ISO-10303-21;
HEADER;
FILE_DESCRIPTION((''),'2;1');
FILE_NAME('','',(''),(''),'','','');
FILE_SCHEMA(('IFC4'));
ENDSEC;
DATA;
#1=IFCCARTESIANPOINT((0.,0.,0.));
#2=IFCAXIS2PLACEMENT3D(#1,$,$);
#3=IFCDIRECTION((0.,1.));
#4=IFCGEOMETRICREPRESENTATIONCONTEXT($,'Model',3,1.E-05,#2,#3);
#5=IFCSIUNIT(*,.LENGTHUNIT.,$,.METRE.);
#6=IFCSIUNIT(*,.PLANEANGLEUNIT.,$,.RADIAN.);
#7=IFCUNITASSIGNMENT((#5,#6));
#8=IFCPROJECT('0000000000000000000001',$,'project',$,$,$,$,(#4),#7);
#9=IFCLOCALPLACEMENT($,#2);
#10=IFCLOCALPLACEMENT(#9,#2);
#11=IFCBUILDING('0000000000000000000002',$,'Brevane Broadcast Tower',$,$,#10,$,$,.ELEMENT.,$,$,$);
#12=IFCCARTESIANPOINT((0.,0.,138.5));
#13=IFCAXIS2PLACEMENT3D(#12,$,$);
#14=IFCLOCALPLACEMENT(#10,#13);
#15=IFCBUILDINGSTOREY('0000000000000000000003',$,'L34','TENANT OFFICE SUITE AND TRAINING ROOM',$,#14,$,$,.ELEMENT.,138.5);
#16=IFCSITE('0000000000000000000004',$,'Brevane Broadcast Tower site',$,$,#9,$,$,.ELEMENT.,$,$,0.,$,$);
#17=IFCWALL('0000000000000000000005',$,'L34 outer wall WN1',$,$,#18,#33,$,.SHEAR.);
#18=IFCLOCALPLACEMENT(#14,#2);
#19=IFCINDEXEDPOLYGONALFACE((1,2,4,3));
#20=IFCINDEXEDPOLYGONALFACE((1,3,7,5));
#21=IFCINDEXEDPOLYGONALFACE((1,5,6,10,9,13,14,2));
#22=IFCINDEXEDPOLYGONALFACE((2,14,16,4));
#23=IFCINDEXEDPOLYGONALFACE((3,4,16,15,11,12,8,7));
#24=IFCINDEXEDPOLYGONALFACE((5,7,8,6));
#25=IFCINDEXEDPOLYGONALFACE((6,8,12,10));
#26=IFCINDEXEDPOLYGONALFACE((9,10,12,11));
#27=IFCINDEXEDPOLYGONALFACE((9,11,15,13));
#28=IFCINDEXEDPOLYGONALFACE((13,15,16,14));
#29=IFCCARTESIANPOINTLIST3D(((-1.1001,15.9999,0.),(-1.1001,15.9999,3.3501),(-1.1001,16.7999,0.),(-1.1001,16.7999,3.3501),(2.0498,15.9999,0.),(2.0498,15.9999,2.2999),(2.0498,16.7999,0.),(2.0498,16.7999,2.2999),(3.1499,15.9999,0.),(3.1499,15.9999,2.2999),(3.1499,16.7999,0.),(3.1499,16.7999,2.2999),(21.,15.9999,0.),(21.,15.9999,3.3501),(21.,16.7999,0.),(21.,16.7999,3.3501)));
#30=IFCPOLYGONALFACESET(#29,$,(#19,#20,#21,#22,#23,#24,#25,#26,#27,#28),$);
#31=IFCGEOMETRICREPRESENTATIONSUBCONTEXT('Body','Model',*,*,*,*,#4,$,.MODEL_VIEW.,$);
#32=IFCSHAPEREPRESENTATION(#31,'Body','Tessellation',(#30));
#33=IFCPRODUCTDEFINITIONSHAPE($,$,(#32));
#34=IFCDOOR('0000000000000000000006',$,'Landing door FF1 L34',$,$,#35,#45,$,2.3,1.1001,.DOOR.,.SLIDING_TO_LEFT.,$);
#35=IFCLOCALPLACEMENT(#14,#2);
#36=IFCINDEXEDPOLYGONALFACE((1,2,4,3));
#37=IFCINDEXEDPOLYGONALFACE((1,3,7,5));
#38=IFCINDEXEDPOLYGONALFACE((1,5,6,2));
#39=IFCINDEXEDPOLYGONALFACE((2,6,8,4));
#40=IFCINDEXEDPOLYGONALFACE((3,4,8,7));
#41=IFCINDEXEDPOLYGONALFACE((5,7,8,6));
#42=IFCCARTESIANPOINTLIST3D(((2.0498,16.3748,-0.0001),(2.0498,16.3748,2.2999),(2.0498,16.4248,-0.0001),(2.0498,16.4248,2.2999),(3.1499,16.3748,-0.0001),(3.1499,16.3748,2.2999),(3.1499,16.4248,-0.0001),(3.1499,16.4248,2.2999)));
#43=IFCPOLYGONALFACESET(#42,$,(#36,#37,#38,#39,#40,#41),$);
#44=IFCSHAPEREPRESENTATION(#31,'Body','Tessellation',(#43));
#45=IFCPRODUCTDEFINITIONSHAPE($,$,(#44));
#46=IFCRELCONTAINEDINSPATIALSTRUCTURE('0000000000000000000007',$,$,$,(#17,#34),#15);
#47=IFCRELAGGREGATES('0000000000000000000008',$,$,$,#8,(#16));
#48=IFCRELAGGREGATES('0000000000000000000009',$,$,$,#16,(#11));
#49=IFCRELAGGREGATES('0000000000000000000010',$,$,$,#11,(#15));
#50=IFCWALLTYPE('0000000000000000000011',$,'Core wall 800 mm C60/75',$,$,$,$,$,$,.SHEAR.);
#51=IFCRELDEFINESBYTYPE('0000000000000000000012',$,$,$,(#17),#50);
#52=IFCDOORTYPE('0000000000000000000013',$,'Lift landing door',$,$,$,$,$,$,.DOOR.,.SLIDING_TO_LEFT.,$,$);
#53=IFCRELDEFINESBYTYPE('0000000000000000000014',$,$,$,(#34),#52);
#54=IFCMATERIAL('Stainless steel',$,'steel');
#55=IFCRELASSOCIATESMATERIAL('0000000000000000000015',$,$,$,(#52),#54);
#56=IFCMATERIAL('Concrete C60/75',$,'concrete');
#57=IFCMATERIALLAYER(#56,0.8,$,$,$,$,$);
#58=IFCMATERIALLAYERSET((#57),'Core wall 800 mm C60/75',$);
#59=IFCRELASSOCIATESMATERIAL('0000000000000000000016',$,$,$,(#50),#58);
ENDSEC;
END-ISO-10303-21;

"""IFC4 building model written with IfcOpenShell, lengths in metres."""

from ifc_helpers import new_model, si_unit, direction, frame, frame_2d, origin, place, context, subcontext, project, spatial, rectangle, extrude, material, layer, layer_set, type_object, element, fill, save


model = new_model("IFC4")

# Units and contexts
model_context = context("Model", 3, precision=1e-05, world=origin(), true_north=direction((0.0, 1.0)))
body_context = subcontext(model_context, "Body", "Model", "MODEL_VIEW")
ifc_project = project(units=[si_unit("LENGTHUNIT", "METRE"), si_unit("PLANEANGLEUNIT", "RADIAN")], contexts=[model_context])

# Site, building, storey
site_placement = place(None, origin())
site = spatial("IfcSite", under=ifc_project, at=site_placement, Name="Brevane Broadcast Tower site", CompositionType="ELEMENT", RefElevation=0.0)
building_placement = place(site_placement, origin())
building = spatial("IfcBuilding", under=site, at=building_placement, Name="Brevane Broadcast Tower", CompositionType="ELEMENT")
storey_placement = place(building_placement, frame((0.0, 0.0, 138.5)))
storey = spatial("IfcBuildingStorey", under=building, at=storey_placement, Name="L34", Description="TENANT OFFICE SUITE AND TRAINING ROOM", CompositionType="ELEMENT", Elevation=138.5)

# Shared definitions
ifc_material_1 = material(Name="Concrete C60/75", Category="concrete")
ifc_material_2 = material(Name="Stainless steel", Category="steel")
door_type_1 = type_object("IfcDoorType", Name="Lift landing door", OperationType="SLIDING_TO_LEFT", PredefinedType="DOOR", material=ifc_material_2)

# Wall, opening, door
ifc_layer_1 = layer(ifc_material_1, 0.8)
ifc_layer_set_1 = layer_set([ifc_layer_1], Name="Core wall 800 mm C60/75")
wall_type_1 = type_object("IfcWallType", Name="Core wall 800 mm C60/75", PredefinedType="SHEAR", material=ifc_layer_set_1)
wall_1_placement = place(storey_placement, frame((-1.1001, 16.3999, 0.0), z_axis=(0.0, 0.0, 1.0), x_axis=(1.0, 0.0, 0.0)))
wall_1 = element("IfcWall", 1, at=wall_1_placement, inside=storey, type_object=wall_type_1, Name="L34 outer wall WN1", PredefinedType="SHEAR", context=body_context, shape_type="SweptSolid", body=[
    extrude(rectangle(XDim=22.1001, YDim=0.8, at=frame_2d((11.05, 0.0))), origin(), (0.0, 0.0, 1.0), 3.3501),
])
opening_1_placement = place(wall_1_placement, frame((3.1499, 0.0, 0.0)))
opening_1 = element("IfcOpeningElement", 2, at=opening_1_placement, cuts=wall_1, PredefinedType="OPENING", context=body_context, shape_type="SweptSolid", body=[
    extrude(rectangle(XDim=1.1001, YDim=2.3, at=frame_2d((0.55, 1.1499))), frame((0.0, 0.4099, 0.0), z_axis=(0.0, -1.0, 0.0), x_axis=(1.0, 0.0, 0.0)), (0.0, 0.0, 1.0), 0.8201),
])
door_1_placement = place(opening_1_placement, origin())
door_1 = element("IfcDoor", 3, at=door_1_placement, inside=storey, type_object=door_type_1, Name="Landing door FF1 L34", OperationType="SLIDING_TO_LEFT", OverallHeight=2.3, OverallWidth=1.1001, PredefinedType="DOOR", context=body_context, shape_type="SweptSolid", body=[
    extrude(rectangle(XDim=1.1001, YDim=2.3, at=frame_2d((0.55, 1.1499))), frame((0.0, 0.0249, 0.0), z_axis=(0.0, -1.0, 0.0), x_axis=(1.0, 0.0, 0.0)), (0.0, 0.0, 1.0), 0.05),
])
fill(opening_1, door_1)

save(model, "model.ifc")
